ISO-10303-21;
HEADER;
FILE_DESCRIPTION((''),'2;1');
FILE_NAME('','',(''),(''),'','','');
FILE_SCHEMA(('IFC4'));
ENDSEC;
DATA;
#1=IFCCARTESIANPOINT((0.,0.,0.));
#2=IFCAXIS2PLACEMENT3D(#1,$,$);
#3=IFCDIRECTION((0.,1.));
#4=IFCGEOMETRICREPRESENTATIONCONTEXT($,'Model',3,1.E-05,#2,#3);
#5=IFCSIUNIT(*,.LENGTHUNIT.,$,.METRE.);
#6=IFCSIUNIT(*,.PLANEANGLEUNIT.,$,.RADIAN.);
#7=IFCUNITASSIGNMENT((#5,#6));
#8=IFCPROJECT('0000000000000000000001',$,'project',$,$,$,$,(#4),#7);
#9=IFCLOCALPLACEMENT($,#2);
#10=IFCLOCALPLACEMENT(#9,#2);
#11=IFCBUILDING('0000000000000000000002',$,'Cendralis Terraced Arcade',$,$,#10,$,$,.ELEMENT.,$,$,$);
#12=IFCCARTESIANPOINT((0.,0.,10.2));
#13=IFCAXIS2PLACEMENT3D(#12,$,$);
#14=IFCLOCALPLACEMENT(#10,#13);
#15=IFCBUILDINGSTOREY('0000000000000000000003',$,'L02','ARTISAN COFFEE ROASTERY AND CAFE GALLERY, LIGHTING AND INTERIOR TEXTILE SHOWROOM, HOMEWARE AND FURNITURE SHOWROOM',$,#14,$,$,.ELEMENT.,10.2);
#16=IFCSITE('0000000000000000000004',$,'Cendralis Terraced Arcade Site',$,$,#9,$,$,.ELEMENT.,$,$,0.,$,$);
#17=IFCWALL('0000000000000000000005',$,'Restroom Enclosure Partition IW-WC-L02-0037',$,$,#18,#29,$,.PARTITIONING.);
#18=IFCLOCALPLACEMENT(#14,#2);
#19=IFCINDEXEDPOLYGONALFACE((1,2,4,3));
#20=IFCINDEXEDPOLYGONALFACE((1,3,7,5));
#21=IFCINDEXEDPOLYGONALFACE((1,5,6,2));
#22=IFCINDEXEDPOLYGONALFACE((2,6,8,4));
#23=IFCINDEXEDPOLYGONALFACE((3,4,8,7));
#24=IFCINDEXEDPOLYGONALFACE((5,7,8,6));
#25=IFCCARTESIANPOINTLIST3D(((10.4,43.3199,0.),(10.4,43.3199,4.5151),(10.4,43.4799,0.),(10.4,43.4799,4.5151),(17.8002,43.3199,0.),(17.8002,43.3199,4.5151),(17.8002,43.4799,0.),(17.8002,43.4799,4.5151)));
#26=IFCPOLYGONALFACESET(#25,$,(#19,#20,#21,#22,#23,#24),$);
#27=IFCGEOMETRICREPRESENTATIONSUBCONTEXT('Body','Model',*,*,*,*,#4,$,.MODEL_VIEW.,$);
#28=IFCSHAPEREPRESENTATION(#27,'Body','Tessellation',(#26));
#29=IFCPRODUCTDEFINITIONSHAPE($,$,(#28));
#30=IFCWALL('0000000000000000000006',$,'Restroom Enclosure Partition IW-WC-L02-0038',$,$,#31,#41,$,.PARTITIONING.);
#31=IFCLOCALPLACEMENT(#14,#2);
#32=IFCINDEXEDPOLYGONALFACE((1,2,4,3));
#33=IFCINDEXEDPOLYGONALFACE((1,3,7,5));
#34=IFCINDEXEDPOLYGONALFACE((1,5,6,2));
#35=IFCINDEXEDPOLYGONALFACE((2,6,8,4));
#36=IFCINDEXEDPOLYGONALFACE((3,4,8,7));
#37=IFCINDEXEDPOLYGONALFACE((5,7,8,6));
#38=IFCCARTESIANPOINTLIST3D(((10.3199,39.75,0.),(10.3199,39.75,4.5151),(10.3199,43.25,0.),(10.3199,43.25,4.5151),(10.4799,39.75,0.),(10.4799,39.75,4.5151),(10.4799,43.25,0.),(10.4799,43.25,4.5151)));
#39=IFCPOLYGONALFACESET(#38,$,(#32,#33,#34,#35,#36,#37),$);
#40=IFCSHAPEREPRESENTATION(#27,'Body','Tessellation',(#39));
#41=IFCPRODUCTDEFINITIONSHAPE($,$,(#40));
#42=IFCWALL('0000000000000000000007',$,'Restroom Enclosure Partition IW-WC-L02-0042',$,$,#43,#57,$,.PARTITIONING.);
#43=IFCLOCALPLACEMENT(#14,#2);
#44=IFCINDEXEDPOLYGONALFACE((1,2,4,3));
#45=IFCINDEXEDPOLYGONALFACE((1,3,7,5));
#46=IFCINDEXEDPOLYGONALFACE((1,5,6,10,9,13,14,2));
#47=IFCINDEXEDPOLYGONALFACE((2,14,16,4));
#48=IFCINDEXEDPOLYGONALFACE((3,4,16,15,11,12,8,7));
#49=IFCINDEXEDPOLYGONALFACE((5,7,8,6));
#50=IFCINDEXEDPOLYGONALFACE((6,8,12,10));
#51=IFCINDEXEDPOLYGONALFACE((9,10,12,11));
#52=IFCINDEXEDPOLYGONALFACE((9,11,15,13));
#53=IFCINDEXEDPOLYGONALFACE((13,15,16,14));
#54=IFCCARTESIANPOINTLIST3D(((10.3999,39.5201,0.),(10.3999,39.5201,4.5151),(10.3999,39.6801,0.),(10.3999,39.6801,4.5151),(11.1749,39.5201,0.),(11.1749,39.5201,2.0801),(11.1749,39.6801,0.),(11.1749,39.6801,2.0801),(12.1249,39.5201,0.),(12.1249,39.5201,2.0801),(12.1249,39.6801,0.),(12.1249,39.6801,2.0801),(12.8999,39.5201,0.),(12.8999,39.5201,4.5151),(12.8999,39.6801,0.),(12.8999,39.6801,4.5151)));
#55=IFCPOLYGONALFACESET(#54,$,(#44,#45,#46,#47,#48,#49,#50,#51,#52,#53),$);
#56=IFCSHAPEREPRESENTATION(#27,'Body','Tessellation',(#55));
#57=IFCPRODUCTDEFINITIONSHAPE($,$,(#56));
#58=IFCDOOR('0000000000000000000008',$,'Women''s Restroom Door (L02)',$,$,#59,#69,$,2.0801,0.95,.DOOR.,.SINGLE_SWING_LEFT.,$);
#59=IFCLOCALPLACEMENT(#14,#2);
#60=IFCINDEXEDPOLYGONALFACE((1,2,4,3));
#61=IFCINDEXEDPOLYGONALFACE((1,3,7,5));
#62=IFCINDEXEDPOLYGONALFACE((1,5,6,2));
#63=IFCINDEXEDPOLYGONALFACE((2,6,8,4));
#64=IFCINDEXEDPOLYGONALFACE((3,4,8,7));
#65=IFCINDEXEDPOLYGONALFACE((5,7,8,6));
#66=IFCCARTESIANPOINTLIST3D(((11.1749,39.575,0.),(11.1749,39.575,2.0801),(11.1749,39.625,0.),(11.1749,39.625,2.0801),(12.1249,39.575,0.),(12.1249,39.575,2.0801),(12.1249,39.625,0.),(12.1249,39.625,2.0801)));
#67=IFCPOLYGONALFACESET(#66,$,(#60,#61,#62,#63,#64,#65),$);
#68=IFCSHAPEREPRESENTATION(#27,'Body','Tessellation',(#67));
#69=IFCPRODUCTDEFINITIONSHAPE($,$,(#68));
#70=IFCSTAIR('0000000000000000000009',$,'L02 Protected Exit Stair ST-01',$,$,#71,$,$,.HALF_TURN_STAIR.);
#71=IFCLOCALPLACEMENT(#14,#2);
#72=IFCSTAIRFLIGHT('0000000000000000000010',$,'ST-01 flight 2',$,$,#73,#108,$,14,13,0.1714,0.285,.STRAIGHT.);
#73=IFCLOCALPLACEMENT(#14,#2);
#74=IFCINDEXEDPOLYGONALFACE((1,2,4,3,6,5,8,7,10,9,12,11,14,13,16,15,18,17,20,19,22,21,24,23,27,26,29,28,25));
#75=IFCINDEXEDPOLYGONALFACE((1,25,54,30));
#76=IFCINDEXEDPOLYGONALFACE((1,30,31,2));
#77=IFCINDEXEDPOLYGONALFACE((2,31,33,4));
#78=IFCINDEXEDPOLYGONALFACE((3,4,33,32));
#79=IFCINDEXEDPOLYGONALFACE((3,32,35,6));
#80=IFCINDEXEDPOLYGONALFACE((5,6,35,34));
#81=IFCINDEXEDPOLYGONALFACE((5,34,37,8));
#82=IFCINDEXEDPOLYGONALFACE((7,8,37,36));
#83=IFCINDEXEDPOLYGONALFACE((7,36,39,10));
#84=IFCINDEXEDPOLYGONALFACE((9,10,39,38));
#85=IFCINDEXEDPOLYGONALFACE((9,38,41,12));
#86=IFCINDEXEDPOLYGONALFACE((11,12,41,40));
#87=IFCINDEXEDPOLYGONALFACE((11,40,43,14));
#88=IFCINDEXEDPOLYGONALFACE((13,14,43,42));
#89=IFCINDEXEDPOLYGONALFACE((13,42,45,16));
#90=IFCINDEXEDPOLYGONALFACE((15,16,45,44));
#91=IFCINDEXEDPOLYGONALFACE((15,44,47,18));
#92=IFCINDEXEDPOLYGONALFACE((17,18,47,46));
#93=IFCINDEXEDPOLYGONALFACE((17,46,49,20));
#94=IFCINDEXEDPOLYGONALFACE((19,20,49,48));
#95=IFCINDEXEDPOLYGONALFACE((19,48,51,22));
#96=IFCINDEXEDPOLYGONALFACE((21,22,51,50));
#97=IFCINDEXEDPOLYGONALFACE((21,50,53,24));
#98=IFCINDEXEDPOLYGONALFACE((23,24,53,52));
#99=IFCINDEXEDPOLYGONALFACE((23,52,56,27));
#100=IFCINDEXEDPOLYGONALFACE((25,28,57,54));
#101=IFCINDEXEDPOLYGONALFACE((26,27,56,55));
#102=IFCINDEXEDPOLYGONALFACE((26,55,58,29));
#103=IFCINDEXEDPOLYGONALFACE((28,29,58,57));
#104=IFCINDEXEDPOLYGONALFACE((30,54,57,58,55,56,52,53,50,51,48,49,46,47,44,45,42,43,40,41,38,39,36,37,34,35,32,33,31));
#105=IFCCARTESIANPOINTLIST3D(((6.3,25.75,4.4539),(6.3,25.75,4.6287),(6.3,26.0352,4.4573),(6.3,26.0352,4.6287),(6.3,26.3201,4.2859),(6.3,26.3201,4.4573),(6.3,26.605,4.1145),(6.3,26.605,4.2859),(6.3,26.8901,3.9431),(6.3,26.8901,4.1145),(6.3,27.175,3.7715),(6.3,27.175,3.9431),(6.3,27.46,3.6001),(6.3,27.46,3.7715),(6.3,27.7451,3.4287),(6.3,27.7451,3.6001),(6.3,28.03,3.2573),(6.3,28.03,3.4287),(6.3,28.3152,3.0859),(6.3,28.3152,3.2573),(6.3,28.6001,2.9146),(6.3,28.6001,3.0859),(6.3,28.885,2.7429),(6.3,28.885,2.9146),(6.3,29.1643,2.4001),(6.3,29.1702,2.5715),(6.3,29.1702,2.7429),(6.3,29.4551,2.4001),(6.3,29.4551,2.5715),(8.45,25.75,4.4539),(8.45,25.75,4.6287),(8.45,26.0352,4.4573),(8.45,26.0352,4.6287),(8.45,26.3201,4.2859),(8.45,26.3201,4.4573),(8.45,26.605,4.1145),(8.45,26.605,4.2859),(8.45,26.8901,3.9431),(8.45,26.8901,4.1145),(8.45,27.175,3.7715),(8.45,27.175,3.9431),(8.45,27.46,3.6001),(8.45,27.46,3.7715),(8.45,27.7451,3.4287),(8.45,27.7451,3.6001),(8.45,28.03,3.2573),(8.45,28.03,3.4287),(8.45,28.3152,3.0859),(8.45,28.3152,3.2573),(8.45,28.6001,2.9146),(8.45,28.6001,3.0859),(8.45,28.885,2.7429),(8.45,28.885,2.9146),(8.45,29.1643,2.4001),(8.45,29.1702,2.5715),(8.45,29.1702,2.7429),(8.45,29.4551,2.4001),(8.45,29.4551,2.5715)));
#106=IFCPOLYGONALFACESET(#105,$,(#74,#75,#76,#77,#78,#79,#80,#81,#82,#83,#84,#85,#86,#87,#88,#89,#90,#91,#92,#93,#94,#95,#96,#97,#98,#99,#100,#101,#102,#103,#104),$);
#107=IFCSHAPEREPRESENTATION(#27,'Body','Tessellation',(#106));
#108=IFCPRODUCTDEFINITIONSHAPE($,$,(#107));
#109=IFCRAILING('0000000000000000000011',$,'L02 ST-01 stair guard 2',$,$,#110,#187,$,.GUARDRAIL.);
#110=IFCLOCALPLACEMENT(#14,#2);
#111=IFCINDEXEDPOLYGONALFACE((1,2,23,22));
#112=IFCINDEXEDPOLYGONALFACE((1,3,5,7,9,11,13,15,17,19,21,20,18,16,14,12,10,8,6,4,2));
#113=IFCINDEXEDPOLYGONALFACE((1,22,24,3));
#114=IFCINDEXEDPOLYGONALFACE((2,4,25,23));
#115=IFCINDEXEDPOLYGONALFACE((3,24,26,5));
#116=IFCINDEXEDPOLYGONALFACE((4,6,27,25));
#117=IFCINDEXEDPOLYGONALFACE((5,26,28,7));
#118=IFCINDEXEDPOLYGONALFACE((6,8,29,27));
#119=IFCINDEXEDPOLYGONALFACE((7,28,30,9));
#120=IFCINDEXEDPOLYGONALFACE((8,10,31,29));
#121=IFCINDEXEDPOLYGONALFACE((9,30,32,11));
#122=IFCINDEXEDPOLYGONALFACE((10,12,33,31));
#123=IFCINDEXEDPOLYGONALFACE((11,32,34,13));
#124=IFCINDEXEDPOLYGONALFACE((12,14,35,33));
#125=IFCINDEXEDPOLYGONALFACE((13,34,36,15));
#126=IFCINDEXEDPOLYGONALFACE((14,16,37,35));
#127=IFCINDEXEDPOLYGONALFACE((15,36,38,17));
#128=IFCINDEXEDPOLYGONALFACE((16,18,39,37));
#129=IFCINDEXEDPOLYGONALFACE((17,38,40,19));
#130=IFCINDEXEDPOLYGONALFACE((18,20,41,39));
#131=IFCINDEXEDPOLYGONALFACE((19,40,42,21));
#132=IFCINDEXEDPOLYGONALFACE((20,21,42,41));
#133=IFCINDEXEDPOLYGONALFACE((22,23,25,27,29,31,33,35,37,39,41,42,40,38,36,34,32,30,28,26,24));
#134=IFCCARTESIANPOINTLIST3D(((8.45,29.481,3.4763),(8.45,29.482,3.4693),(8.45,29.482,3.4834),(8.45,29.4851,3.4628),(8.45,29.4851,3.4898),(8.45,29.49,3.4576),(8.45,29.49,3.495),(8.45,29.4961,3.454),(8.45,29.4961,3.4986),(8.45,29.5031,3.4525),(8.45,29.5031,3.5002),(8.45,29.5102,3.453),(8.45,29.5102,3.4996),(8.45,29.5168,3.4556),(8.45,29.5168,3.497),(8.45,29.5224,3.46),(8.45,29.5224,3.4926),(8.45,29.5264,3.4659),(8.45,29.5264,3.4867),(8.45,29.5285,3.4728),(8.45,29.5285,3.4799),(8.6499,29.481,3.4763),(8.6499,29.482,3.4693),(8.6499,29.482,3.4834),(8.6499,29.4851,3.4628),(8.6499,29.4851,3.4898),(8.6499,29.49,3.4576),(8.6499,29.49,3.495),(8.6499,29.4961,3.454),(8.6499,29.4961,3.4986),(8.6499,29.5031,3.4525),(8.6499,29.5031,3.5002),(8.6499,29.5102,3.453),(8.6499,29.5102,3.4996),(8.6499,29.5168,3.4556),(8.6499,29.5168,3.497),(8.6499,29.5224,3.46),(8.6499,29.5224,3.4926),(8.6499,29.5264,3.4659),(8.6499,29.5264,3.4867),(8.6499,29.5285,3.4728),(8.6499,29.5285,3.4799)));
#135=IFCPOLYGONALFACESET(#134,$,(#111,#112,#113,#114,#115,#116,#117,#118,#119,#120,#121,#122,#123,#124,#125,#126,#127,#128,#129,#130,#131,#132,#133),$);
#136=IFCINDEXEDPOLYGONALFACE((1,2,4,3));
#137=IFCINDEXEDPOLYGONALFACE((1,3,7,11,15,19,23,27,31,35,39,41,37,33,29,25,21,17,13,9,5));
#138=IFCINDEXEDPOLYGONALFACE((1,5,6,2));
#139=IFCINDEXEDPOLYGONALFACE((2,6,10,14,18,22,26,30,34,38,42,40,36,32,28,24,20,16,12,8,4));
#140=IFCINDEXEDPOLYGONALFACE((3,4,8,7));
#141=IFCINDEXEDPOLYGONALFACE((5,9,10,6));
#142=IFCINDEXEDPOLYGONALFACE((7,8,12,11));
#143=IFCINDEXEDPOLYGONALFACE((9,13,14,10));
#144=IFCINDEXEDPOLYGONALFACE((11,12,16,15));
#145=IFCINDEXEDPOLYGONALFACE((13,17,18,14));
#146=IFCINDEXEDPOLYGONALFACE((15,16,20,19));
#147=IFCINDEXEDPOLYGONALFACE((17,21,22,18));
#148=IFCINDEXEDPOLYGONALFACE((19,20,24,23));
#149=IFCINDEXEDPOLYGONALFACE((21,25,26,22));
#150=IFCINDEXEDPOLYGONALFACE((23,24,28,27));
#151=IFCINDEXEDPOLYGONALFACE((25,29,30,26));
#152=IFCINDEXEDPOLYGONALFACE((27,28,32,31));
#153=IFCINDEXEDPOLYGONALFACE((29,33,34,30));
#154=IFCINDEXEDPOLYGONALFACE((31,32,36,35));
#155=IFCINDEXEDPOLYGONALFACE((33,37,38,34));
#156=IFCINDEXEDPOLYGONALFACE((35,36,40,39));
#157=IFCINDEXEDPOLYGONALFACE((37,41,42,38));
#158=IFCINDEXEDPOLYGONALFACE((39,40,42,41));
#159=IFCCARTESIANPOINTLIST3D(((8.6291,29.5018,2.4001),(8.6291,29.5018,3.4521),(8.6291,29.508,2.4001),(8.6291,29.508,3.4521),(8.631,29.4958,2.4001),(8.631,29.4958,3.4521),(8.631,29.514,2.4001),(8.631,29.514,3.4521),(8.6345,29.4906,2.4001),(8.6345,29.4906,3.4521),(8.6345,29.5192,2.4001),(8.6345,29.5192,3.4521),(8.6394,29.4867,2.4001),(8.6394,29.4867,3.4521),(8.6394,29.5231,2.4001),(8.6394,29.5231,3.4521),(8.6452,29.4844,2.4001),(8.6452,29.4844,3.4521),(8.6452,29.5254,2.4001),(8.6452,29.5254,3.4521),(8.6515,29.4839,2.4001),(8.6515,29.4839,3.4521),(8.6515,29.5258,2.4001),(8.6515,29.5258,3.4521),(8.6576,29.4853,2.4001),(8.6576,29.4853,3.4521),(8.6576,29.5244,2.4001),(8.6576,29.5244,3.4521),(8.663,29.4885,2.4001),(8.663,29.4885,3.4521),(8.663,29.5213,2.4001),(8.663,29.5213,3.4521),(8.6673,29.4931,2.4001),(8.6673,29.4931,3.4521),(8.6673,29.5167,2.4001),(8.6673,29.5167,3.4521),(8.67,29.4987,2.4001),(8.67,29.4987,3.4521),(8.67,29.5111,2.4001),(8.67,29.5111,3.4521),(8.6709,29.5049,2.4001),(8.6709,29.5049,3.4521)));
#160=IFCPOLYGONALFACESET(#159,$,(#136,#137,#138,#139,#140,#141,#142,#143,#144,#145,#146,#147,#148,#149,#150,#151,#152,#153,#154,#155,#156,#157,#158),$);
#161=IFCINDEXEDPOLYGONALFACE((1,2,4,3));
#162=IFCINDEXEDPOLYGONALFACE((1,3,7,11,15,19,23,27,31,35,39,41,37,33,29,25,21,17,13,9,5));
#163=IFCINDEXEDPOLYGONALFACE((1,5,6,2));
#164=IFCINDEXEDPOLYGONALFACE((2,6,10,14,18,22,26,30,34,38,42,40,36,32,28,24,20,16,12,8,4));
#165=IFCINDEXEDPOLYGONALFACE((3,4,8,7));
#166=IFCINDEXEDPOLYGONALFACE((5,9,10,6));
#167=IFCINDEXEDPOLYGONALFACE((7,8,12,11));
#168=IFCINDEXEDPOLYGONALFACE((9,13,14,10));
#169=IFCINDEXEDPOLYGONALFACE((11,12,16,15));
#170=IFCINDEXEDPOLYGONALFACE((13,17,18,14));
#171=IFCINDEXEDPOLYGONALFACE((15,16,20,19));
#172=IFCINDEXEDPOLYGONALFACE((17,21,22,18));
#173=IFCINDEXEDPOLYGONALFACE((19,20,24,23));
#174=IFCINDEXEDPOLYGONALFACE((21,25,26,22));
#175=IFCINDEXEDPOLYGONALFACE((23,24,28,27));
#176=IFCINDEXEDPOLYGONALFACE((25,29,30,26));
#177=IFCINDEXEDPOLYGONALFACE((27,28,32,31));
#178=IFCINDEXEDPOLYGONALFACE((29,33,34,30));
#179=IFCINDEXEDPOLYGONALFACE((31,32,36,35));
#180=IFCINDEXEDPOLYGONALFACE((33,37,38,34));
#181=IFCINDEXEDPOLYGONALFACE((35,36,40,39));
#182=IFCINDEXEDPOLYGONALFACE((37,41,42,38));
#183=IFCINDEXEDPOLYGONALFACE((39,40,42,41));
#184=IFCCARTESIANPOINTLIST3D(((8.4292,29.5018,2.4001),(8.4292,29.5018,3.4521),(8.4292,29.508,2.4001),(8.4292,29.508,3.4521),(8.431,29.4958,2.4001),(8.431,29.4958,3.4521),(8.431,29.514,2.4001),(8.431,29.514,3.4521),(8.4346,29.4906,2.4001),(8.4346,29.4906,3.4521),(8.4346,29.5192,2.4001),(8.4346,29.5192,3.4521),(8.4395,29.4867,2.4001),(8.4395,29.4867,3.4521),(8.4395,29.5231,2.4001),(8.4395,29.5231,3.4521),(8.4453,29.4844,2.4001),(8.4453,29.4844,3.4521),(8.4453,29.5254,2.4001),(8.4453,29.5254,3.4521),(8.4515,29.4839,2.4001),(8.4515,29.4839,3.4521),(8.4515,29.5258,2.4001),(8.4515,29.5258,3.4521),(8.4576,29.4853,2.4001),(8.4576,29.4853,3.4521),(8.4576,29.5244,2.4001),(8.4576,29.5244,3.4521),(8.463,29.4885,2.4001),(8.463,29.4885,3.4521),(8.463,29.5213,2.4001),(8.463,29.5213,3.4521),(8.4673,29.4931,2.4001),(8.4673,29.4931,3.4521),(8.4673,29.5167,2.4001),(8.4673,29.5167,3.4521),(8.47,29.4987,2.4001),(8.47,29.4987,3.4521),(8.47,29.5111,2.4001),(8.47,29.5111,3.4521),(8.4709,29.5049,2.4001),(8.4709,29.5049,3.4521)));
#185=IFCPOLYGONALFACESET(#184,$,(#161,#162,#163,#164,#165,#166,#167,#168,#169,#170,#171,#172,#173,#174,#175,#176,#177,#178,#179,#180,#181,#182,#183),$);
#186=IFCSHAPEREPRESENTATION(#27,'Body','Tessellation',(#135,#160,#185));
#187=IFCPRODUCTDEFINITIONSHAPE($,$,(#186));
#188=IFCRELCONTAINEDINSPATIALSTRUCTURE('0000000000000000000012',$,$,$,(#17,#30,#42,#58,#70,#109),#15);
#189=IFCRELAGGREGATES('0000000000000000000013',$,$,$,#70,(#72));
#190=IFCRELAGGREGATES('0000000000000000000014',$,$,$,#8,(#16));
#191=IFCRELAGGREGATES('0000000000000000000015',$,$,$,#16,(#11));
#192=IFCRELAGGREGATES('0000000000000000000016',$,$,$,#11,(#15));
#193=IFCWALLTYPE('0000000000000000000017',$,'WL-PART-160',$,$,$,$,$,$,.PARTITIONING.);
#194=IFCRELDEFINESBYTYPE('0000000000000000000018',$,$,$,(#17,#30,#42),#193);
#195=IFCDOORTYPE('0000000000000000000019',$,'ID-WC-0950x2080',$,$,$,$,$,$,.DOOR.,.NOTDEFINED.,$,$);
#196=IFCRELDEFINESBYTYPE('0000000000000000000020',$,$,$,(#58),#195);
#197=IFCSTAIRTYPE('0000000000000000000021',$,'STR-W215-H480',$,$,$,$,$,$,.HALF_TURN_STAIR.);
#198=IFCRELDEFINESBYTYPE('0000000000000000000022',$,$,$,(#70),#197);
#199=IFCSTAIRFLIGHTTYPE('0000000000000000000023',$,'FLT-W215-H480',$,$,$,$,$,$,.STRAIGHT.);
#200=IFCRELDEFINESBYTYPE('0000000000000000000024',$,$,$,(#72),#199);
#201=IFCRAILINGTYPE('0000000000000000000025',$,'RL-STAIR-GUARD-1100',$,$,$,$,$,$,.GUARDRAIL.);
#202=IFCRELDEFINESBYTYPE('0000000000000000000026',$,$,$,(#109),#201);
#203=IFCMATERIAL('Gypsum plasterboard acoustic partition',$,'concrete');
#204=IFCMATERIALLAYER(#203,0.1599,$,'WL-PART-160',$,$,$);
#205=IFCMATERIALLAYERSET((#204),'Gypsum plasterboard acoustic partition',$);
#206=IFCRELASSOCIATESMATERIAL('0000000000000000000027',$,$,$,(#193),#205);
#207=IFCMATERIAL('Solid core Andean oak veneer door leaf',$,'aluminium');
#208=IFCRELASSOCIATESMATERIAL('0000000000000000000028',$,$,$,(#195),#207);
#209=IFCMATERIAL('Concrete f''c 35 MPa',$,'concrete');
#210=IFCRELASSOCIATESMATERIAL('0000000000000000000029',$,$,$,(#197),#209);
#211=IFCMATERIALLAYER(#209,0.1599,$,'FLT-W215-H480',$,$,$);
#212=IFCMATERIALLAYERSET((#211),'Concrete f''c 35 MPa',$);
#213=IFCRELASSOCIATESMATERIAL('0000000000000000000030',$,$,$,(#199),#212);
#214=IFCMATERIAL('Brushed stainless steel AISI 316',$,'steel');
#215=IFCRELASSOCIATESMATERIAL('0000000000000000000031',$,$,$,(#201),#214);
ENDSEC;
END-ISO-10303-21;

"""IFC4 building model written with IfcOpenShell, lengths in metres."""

from ifc_helpers import new_model, si_unit, direction, frame, frame_2d, origin, origin_2d, place, context, subcontext, project, spatial, polyline, rectangle, circle, outline, extrude, material, layer, layer_set, type_object, element, fill, aggregate, save


model = new_model("IFC4")

# Units and contexts
model_context = context("Model", 3, precision=1e-05, world=origin(), true_north=direction((0.0, 1.0)))
body_context = subcontext(model_context, "Body", "Model", "MODEL_VIEW")
ifc_project = project(units=[si_unit("LENGTHUNIT", "METRE"), si_unit("PLANEANGLEUNIT", "RADIAN")], contexts=[model_context])

# Site, building, storey
site_placement = place(None, origin())
site = spatial("IfcSite", under=ifc_project, at=site_placement, Name="Cendralis Terraced Arcade Site", CompositionType="ELEMENT", RefElevation=0.0)
building_placement = place(site_placement, origin())
building = spatial("IfcBuilding", under=site, at=building_placement, Name="Cendralis Terraced Arcade", CompositionType="ELEMENT")
storey_placement = place(building_placement, frame((0.0, 0.0, 10.2)))
storey = spatial("IfcBuildingStorey", under=building, at=storey_placement, Name="L02", Description="ARTISAN COFFEE ROASTERY AND CAFE GALLERY, LIGHTING AND INTERIOR TEXTILE SHOWROOM, HOMEWARE AND FURNITURE SHOWROOM", CompositionType="ELEMENT", Elevation=10.2)

# Shared definitions
ifc_material_1 = material(Name="Concrete f'c 35 MPa", Category="concrete")

# Walls
ifc_material_2 = material(Name="Gypsum plasterboard acoustic partition", Category="concrete")
ifc_layer_1 = layer(ifc_material_2, 0.1599, Name="WL-PART-160")
ifc_layer_set_1 = layer_set([ifc_layer_1], Name="Gypsum plasterboard acoustic partition")
wall_type_1 = type_object("IfcWallType", Name="WL-PART-160", PredefinedType="PARTITIONING", material=ifc_layer_set_1)
wall_1_placement = place(storey_placement, frame((10.3999, 43.3999, 0.0), z_axis=(0.0, 0.0, 1.0), x_axis=(1.0, 0.0, 0.0)))
element("IfcWall", 1, at=wall_1_placement, inside=storey, type_object=wall_type_1, Name="Restroom Enclosure Partition IW-WC-L02-0037", PredefinedType="PARTITIONING", context=body_context, shape_type="SweptSolid", body=[
    extrude(rectangle(XDim=7.4001, YDim=0.1599, at=frame_2d((3.7002, 0.0))), origin(), (0.0, 0.0, 1.0), 4.5151),
])
wall_2_placement = place(storey_placement, frame((10.3999, 39.75, 0.0), z_axis=(0.0, 0.0, 1.0), x_axis=(0.0, 1.0, 0.0)))
element("IfcWall", 2, at=wall_2_placement, inside=storey, type_object=wall_type_1, Name="Restroom Enclosure Partition IW-WC-L02-0038", PredefinedType="PARTITIONING", context=body_context, shape_type="SweptSolid", body=[
    extrude(rectangle(XDim=3.5, YDim=0.1599, at=frame_2d((1.75, 0.0))), origin(), (0.0, 0.0, 1.0), 4.5151),
])

# Wall, opening, door
wall_3_placement = place(storey_placement, frame((10.3999, 39.6001, 0.0), z_axis=(0.0, 0.0, 1.0), x_axis=(1.0, 0.0, 0.0)))
wall_3 = element("IfcWall", 3, at=wall_3_placement, inside=storey, type_object=wall_type_1, Name="Restroom Enclosure Partition IW-WC-L02-0042", PredefinedType="PARTITIONING", context=body_context, shape_type="SweptSolid", body=[
    extrude(rectangle(XDim=2.5, YDim=0.1599, at=frame_2d((1.25, 0.0))), origin(), (0.0, 0.0, 1.0), 4.5151),
])
opening_placement = place(wall_3_placement, frame((0.7749, 0.0, 0.0)))
opening = element("IfcOpeningElement", 4, at=opening_placement, cuts=wall_3, PredefinedType="OPENING", context=body_context, shape_type="SweptSolid", body=[
    extrude(rectangle(XDim=0.95, YDim=2.0801, at=frame_2d((0.4751, 1.04))), frame((0.0, 0.0918, 0.0), z_axis=(0.0, -1.0, 0.0), x_axis=(1.0, 0.0, 0.0)), (0.0, 0.0, 1.0), 0.1838),
])
ifc_material_3 = material(Name="Solid core Andean oak veneer door leaf", Category="aluminium")
door_type = type_object("IfcDoorType", Name="ID-WC-0950x2080", OperationType="NOTDEFINED", PredefinedType="DOOR", material=ifc_material_3)
door_placement = place(opening_placement, origin())
door = element("IfcDoor", 5, at=door_placement, inside=storey, type_object=door_type, Name="Women's Restroom Door (L02)", OperationType="SINGLE_SWING_LEFT", OverallHeight=2.0801, OverallWidth=0.95, PredefinedType="DOOR", context=body_context, shape_type="SweptSolid", body=[
    extrude(rectangle(XDim=0.95, YDim=2.0801, at=frame_2d((0.4751, 1.04))), frame((0.0, 0.0249, 0.0), z_axis=(0.0, -1.0, 0.0), x_axis=(1.0, 0.0, 0.0)), (0.0, 0.0, 1.0), 0.05),
])
fill(opening, door)

# Stair, stair flight
stair_type = type_object("IfcStairType", Name="STR-W215-H480", PredefinedType="HALF_TURN_STAIR", material=ifc_material_1)
stair_placement = place(storey_placement, origin())
stair = element("IfcStair", 6, at=stair_placement, inside=storey, type_object=stair_type, Name="L02 Protected Exit Stair ST-01", PredefinedType="HALF_TURN_STAIR")
ifc_layer_2 = layer(ifc_material_1, 0.1599, Name="FLT-W215-H480")
ifc_layer_set_2 = layer_set([ifc_layer_2], Name="Concrete f'c 35 MPa")
stair_flight_type = type_object("IfcStairFlightType", Name="FLT-W215-H480", PredefinedType="STRAIGHT", material=ifc_layer_set_2)
stair_flight_placement = place(storey_placement, frame((7.375, 29.4551, 2.4001), z_axis=(0.0, 0.0, 1.0), x_axis=(0.0, -1.0, 0.0)))
stair_flight = element("IfcStairFlight", 7, at=stair_flight_placement, type_object=stair_flight_type, Name="ST-01 flight 2", NumberOfRisers=14, NumberOfTreads=13, PredefinedType="STRAIGHT", RiserHeight=0.1714, TreadLength=0.285, context=body_context, shape_type="SweptSolid", body=[
    extrude(outline(polyline([(0.0, 0.0), (0.0, 0.1714), (0.2849, 0.1714), (0.2849, 0.3428), (0.5701, 0.3428), (0.5701, 0.5144), (0.855, 0.5144), (0.855, 0.6858), (1.1399, 0.6858), (1.1399, 0.8572), (1.425, 0.8572), (1.425, 1.0286), (1.71, 1.0286), (1.71, 1.2), (1.9951, 1.2), (1.9951, 1.3713), (2.28, 1.3713), (2.28, 1.543), (2.5649, 1.543), (2.5649, 1.7144), (2.8501, 1.7144), (2.8501, 1.8857), (3.135, 1.8857), (3.135, 2.0571), (3.4199, 2.0571), (3.4199, 2.2285), (3.7051, 2.2285), (3.7051, 2.3999), (3.7051, 2.0537), (0.2908, 0.0), (0.0, 0.0)])), frame((0.0, 1.075, 0.0), z_axis=(0.0, -1.0, 0.0), x_axis=(1.0, 0.0, 0.0)), (0.0, 0.0, 1.0), 2.1499),
])
aggregate(stair, [stair_flight])

# Railing
ifc_material_4 = material(Name="Brushed stainless steel AISI 316", Category="steel")
railing_type_1 = type_object("IfcRailingType", Name="RL-STAIR-GUARD-1100", PredefinedType="GUARDRAIL", material=ifc_material_4)
railing_1_placement = place(storey_placement, frame((8.6499, 29.5049, 2.4001)))
element("IfcRailing", 8, at=railing_1_placement, inside=storey, type_object=railing_type_1, Name="L02 ST-01 stair guard 2", PredefinedType="GUARDRAIL", context=body_context, shape_type="SweptSolid", body=[
    extrude(circle(Radius=0.0239, at=origin_2d()), frame((0.0, 0.0, 1.0762), z_axis=(-1.0, 0.0, 0.0), x_axis=(0.0, -1.0, 0.0)), (0.0, 0.0, 1.0), 0.2),
    extrude(circle(Radius=0.021, at=origin_2d()), origin(), (0.0, 0.0, 1.0), 1.052),
    extrude(circle(Radius=0.021, at=origin_2d()), frame((-0.2, 0.0, 0.0)), (0.0, 0.0, 1.0), 1.052),
])

save(model, "model.ifc")
